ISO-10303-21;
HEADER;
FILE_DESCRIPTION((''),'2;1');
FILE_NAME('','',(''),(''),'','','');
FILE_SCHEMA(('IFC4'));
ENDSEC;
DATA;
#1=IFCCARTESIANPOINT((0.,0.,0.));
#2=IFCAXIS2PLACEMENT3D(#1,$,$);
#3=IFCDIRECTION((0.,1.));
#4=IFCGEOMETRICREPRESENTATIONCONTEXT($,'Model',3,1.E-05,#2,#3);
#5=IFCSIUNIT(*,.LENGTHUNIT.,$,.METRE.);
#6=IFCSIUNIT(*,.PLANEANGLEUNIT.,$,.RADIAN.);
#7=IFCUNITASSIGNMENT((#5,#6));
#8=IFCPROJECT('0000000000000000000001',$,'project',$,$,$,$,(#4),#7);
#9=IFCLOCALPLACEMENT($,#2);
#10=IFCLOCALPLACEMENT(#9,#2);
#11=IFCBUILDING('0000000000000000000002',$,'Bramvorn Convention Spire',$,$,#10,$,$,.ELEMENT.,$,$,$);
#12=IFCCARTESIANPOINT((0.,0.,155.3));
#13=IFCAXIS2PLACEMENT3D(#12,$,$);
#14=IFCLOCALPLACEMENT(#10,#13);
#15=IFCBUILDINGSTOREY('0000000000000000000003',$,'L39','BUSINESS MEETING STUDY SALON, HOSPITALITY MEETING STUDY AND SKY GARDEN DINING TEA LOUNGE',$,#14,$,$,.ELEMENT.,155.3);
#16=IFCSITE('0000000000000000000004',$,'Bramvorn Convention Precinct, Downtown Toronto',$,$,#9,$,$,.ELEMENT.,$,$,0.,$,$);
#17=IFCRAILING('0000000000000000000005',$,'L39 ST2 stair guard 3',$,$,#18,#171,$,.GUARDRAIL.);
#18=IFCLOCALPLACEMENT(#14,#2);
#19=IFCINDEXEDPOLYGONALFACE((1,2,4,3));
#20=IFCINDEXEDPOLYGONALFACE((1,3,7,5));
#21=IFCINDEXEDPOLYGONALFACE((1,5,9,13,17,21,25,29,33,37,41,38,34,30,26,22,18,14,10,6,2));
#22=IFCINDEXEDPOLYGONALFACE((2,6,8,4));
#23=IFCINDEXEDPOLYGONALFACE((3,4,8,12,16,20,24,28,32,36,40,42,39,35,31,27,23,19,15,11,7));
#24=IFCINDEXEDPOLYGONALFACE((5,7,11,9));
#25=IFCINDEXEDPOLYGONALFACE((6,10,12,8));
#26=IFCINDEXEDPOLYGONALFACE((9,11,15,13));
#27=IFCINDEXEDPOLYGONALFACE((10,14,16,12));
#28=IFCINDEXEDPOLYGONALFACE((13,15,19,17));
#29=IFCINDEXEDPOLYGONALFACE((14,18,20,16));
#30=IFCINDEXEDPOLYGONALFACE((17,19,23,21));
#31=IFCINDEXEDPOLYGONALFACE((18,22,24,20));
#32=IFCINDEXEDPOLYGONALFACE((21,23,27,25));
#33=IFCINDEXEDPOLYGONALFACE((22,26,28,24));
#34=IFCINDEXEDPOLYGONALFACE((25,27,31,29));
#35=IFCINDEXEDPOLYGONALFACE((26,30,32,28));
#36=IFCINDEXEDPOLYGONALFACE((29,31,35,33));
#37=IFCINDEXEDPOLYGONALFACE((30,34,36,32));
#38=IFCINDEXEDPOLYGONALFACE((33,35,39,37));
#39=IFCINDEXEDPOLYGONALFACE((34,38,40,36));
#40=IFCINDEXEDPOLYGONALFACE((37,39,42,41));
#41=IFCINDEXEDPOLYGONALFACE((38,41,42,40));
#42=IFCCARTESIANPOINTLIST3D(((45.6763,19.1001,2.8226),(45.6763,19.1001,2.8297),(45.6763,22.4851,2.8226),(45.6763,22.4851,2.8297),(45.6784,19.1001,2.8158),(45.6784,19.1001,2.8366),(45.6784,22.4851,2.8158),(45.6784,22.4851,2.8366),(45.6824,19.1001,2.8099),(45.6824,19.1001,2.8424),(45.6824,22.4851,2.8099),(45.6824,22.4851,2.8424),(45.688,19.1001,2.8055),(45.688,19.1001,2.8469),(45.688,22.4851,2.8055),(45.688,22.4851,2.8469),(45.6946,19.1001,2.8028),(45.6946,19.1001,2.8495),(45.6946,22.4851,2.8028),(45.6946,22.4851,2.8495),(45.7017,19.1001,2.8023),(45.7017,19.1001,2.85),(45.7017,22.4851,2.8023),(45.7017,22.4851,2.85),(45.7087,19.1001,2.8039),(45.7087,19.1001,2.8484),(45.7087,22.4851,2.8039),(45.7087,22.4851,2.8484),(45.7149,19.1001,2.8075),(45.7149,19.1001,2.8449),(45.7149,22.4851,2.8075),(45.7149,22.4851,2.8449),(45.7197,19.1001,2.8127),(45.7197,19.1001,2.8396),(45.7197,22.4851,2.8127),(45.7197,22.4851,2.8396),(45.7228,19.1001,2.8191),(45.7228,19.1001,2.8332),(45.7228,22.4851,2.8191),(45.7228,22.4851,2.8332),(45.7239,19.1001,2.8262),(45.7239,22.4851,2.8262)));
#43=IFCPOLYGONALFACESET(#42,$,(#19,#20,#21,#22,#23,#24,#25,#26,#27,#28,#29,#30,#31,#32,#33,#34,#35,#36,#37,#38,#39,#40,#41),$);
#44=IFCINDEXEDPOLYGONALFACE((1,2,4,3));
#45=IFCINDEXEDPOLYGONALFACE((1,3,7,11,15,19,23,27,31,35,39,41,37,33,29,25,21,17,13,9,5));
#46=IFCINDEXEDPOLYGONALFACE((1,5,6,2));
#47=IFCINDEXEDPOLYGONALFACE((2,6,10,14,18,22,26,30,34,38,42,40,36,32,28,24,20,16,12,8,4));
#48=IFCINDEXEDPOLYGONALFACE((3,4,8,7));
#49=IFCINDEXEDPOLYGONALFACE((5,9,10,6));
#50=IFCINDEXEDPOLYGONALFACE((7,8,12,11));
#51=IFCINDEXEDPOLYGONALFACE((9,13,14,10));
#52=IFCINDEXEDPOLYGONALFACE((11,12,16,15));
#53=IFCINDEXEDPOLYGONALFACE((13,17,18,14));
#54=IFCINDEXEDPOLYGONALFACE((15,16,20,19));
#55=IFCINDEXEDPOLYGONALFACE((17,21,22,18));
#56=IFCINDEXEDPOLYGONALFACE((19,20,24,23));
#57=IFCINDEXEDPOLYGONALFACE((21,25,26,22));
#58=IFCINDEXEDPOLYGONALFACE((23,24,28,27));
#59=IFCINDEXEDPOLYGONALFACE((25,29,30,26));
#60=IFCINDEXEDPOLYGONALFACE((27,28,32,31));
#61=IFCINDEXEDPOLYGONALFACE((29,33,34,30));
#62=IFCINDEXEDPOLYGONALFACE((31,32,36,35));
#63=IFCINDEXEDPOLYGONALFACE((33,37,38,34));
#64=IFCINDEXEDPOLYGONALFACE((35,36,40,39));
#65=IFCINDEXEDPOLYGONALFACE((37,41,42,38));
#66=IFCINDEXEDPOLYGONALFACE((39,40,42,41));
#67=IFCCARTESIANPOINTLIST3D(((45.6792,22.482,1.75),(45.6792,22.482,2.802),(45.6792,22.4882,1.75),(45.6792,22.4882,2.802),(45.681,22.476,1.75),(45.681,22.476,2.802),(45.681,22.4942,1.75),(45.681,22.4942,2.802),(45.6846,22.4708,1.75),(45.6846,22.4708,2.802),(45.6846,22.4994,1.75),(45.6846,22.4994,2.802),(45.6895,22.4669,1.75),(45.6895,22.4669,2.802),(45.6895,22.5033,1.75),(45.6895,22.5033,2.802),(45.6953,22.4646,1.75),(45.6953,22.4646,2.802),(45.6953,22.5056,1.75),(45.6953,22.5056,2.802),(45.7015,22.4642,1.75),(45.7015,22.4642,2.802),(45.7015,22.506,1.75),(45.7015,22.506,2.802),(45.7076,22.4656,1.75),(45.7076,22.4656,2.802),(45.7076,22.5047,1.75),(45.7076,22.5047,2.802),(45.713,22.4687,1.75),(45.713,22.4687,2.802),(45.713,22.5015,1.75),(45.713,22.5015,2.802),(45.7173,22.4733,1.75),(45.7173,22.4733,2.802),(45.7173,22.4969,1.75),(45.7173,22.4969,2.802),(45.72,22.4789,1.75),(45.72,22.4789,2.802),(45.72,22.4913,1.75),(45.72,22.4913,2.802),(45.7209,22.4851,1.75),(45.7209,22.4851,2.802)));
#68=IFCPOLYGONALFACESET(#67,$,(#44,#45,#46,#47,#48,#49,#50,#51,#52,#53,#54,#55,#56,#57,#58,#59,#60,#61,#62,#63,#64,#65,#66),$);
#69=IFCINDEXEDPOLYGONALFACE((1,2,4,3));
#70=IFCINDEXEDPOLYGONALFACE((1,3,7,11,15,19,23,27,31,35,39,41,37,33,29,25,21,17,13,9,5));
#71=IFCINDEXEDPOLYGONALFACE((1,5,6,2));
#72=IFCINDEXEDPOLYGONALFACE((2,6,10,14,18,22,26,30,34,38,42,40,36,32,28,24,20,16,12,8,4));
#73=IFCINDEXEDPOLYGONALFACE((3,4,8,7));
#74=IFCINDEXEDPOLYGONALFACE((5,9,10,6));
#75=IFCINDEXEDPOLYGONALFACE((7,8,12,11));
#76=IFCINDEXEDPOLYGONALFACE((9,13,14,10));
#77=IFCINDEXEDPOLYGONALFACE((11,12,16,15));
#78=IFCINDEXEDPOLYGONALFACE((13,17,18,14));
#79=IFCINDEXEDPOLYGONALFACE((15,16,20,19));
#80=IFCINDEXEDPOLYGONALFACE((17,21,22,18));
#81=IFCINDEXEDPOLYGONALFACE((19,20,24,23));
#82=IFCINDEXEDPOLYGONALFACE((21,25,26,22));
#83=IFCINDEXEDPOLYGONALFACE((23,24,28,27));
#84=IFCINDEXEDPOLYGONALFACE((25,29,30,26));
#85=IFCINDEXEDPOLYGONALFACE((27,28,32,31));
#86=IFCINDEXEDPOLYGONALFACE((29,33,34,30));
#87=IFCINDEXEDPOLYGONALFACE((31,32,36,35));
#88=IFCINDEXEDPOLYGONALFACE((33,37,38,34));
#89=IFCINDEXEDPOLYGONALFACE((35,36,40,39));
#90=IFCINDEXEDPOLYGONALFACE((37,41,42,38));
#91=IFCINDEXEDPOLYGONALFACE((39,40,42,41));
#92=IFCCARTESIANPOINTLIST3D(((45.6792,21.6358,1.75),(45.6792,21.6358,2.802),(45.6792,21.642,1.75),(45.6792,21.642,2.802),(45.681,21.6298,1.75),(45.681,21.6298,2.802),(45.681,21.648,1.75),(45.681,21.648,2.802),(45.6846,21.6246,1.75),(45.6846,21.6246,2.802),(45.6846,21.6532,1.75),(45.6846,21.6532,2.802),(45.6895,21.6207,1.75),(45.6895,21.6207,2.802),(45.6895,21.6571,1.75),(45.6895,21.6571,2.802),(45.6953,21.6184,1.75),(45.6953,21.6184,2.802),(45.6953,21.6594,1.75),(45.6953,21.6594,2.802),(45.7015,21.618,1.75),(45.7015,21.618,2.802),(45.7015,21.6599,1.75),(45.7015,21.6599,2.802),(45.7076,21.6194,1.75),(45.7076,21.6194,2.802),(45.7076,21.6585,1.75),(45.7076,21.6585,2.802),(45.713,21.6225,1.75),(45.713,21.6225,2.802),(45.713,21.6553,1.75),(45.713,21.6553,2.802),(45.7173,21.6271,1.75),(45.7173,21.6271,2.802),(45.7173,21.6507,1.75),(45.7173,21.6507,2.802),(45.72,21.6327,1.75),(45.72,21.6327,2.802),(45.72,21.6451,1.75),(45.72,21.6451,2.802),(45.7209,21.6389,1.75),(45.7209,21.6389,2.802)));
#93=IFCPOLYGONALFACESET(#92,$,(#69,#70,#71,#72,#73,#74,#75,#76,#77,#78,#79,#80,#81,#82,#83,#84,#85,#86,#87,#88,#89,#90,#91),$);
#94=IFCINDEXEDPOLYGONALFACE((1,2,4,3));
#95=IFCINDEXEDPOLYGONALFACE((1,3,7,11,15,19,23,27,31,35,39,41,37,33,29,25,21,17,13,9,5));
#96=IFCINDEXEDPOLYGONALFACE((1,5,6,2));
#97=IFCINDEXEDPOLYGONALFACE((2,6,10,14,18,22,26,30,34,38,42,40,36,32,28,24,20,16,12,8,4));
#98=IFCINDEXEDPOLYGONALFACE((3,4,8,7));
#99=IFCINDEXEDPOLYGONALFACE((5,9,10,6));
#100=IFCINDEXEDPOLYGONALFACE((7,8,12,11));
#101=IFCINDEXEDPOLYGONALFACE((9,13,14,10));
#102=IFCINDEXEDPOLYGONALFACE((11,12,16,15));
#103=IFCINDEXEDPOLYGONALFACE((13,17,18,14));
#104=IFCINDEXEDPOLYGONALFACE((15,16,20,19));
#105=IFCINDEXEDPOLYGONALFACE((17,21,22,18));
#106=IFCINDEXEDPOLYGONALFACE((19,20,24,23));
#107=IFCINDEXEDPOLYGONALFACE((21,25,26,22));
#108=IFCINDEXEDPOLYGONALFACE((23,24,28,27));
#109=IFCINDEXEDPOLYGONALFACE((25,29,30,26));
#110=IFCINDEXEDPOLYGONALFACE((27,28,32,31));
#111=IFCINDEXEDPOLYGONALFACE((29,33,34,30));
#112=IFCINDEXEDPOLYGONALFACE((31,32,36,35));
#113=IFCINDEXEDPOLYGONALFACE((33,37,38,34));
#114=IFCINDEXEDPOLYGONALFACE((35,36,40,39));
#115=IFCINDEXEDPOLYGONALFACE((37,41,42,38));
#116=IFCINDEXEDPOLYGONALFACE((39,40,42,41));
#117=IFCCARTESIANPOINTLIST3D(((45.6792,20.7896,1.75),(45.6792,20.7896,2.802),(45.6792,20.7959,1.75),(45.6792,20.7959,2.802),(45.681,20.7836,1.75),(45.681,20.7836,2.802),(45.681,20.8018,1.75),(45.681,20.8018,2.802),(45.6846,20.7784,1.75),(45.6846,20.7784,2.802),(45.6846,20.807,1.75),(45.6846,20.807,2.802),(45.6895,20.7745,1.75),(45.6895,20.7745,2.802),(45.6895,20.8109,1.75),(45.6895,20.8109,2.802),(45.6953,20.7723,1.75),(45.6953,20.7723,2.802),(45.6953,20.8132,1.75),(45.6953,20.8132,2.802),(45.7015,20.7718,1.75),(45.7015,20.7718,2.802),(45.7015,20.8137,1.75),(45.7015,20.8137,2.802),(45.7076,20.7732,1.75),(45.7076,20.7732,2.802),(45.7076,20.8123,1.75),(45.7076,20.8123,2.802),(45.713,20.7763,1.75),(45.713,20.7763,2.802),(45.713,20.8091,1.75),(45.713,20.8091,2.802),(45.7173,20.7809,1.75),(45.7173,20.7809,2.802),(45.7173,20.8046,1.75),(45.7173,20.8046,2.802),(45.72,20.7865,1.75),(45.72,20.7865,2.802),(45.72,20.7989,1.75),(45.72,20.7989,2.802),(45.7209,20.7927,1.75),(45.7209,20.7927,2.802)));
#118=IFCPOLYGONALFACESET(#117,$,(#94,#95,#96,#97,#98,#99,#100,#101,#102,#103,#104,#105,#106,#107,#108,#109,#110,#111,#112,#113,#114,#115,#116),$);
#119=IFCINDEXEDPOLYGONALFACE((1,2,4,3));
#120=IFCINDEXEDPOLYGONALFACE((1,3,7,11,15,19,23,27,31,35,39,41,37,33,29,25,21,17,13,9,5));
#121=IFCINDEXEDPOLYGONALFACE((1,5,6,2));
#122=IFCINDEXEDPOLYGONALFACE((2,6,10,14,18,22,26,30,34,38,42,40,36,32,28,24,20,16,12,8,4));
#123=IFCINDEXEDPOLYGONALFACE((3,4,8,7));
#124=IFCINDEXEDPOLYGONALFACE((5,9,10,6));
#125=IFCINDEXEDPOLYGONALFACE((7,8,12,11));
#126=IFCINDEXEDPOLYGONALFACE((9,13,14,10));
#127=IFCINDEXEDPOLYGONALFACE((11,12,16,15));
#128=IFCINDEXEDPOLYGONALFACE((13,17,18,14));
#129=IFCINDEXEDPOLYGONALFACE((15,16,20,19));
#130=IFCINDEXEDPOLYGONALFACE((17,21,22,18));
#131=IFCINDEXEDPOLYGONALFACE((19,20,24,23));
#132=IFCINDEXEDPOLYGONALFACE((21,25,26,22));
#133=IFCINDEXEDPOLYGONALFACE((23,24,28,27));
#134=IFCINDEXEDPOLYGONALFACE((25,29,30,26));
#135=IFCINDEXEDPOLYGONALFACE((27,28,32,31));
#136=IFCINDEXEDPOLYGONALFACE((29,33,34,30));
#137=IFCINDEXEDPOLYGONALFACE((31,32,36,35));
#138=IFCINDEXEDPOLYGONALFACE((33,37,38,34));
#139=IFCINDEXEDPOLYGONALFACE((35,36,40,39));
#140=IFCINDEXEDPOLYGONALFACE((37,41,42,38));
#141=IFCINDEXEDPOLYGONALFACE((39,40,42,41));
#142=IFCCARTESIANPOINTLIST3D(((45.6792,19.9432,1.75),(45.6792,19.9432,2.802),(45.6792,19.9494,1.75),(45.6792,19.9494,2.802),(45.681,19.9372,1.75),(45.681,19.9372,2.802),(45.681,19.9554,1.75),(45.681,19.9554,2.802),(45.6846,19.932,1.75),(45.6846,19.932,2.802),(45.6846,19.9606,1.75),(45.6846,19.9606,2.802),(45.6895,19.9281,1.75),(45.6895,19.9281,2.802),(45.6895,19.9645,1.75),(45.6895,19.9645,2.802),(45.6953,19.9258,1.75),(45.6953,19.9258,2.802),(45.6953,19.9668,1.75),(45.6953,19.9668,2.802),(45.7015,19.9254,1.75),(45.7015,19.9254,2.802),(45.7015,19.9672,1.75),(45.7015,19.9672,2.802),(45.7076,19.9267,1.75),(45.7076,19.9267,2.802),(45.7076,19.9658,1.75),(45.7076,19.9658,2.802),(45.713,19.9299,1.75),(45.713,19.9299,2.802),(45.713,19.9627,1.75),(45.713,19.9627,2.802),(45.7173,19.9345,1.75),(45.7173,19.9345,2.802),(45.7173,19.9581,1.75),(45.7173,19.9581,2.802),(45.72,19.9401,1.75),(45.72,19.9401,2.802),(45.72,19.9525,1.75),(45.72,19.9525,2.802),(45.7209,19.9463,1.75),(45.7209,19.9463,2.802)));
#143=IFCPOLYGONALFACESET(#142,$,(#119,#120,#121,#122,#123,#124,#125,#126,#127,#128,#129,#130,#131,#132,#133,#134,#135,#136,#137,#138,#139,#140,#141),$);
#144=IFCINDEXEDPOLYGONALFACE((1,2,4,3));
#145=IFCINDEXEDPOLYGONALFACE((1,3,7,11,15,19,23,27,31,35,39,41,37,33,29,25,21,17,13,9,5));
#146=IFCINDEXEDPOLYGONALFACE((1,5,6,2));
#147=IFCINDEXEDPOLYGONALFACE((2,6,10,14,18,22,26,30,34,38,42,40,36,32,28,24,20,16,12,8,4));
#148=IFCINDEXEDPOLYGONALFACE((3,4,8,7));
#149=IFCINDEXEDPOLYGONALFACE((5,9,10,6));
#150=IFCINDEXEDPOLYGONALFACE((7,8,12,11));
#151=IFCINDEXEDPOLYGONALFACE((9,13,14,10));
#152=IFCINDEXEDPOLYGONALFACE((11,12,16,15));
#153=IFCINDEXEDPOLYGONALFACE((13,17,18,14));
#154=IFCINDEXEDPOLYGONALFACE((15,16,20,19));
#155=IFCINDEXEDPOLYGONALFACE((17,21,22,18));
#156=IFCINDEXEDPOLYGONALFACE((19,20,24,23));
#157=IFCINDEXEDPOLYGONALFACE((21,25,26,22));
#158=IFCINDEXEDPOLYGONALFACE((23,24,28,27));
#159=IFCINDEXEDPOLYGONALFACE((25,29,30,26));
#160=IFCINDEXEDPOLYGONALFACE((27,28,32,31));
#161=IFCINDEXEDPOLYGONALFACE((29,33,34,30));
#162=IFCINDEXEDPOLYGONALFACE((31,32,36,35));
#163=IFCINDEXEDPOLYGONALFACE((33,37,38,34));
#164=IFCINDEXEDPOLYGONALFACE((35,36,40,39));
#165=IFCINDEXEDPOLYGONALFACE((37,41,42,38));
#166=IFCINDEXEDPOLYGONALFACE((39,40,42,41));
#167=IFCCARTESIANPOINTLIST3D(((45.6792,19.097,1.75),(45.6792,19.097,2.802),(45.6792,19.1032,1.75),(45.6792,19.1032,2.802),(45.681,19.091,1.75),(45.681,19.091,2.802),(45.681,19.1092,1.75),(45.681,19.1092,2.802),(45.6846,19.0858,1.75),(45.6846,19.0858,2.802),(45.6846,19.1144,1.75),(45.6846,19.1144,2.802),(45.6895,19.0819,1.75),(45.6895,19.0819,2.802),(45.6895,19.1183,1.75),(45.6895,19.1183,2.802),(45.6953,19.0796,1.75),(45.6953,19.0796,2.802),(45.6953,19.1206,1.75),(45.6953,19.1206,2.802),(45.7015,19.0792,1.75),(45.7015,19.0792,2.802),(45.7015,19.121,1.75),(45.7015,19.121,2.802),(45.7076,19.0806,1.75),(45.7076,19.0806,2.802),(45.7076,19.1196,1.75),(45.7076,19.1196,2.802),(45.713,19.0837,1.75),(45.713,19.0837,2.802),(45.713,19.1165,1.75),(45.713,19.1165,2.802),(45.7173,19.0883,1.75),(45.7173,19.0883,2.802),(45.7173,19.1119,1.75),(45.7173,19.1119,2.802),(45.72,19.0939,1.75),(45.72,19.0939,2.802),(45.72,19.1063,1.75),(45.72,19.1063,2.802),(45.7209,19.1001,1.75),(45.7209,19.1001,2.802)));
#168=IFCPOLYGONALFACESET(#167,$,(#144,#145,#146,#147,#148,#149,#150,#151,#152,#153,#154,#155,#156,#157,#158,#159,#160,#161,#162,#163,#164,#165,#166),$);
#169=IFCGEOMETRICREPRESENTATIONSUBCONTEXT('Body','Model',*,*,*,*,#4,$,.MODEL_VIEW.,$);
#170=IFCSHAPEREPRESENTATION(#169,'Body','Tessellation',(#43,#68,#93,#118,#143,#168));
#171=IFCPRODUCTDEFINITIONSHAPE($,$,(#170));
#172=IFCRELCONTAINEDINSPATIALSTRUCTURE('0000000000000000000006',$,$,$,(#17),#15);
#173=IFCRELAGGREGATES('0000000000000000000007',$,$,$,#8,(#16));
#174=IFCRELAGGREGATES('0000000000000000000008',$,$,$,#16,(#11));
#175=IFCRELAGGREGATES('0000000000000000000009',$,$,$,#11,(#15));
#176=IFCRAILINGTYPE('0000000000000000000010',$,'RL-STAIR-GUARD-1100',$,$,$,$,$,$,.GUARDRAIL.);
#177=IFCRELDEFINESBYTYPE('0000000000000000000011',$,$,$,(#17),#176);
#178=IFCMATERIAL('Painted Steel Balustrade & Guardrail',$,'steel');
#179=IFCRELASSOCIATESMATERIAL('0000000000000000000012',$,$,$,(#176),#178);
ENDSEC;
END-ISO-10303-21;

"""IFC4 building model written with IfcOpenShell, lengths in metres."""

from ifc_helpers import new_model, si_unit, direction, frame, origin, origin_2d, place, context, subcontext, project, spatial, circle, extrude, material, type_object, element, save


model = new_model("IFC4")

# Units and contexts
model_context = context("Model", 3, precision=1e-05, world=origin(), true_north=direction((0.0, 1.0)))
body_context = subcontext(model_context, "Body", "Model", "MODEL_VIEW")
ifc_project = project(units=[si_unit("LENGTHUNIT", "METRE"), si_unit("PLANEANGLEUNIT", "RADIAN")], contexts=[model_context])

# Site, building, storey
site_placement = place(None, origin())
site = spatial("IfcSite", under=ifc_project, at=site_placement, Name="Bramvorn Convention Precinct, Downtown Toronto", CompositionType="ELEMENT", RefElevation=0.0)
building_placement = place(site_placement, origin())
building = spatial("IfcBuilding", under=site, at=building_placement, Name="Bramvorn Convention Spire", CompositionType="ELEMENT")
storey_placement = place(building_placement, frame((0.0, 0.0, 155.3)))
storey = spatial("IfcBuildingStorey", under=building, at=storey_placement, Name="L39", Description="BUSINESS MEETING STUDY SALON, HOSPITALITY MEETING STUDY AND SKY GARDEN DINING TEA LOUNGE", CompositionType="ELEMENT", Elevation=155.3)

# Railing
ifc_material_1 = material(Name="Painted Steel Balustrade & Guardrail", Category="steel")
railing_type_1 = type_object("IfcRailingType", Name="RL-STAIR-GUARD-1100", PredefinedType="GUARDRAIL", material=ifc_material_1)
railing_1_placement = place(storey_placement, frame((45.7, 22.4851, 1.75)))
element("IfcRailing", 1, at=railing_1_placement, inside=storey, type_object=railing_type_1, Name="L39 ST2 stair guard 3", PredefinedType="GUARDRAIL", context=body_context, shape_type="SweptSolid", body=[
    extrude(circle(Radius=0.0239, at=origin_2d()), frame((0.0, 0.0, 1.0762), z_axis=(0.0, -1.0, 0.0), x_axis=(1.0, 0.0, 0.0)), (0.0, 0.0, 1.0), 3.385),
    extrude(circle(Radius=0.021, at=origin_2d()), origin(), (0.0, 0.0, 1.0), 1.052),
    extrude(circle(Radius=0.021, at=origin_2d()), frame((0.0, -0.8462, 0.0)), (0.0, 0.0, 1.0), 1.052),
    extrude(circle(Radius=0.021, at=origin_2d()), frame((0.0, -1.6924, 0.0)), (0.0, 0.0, 1.0), 1.052),
    extrude(circle(Radius=0.021, at=origin_2d()), frame((0.0, -2.5388, 0.0)), (0.0, 0.0, 1.0), 1.052),
    extrude(circle(Radius=0.021, at=origin_2d()), frame((0.0, -3.385, 0.0)), (0.0, 0.0, 1.0), 1.052),
])

save(model, "model.ifc")
